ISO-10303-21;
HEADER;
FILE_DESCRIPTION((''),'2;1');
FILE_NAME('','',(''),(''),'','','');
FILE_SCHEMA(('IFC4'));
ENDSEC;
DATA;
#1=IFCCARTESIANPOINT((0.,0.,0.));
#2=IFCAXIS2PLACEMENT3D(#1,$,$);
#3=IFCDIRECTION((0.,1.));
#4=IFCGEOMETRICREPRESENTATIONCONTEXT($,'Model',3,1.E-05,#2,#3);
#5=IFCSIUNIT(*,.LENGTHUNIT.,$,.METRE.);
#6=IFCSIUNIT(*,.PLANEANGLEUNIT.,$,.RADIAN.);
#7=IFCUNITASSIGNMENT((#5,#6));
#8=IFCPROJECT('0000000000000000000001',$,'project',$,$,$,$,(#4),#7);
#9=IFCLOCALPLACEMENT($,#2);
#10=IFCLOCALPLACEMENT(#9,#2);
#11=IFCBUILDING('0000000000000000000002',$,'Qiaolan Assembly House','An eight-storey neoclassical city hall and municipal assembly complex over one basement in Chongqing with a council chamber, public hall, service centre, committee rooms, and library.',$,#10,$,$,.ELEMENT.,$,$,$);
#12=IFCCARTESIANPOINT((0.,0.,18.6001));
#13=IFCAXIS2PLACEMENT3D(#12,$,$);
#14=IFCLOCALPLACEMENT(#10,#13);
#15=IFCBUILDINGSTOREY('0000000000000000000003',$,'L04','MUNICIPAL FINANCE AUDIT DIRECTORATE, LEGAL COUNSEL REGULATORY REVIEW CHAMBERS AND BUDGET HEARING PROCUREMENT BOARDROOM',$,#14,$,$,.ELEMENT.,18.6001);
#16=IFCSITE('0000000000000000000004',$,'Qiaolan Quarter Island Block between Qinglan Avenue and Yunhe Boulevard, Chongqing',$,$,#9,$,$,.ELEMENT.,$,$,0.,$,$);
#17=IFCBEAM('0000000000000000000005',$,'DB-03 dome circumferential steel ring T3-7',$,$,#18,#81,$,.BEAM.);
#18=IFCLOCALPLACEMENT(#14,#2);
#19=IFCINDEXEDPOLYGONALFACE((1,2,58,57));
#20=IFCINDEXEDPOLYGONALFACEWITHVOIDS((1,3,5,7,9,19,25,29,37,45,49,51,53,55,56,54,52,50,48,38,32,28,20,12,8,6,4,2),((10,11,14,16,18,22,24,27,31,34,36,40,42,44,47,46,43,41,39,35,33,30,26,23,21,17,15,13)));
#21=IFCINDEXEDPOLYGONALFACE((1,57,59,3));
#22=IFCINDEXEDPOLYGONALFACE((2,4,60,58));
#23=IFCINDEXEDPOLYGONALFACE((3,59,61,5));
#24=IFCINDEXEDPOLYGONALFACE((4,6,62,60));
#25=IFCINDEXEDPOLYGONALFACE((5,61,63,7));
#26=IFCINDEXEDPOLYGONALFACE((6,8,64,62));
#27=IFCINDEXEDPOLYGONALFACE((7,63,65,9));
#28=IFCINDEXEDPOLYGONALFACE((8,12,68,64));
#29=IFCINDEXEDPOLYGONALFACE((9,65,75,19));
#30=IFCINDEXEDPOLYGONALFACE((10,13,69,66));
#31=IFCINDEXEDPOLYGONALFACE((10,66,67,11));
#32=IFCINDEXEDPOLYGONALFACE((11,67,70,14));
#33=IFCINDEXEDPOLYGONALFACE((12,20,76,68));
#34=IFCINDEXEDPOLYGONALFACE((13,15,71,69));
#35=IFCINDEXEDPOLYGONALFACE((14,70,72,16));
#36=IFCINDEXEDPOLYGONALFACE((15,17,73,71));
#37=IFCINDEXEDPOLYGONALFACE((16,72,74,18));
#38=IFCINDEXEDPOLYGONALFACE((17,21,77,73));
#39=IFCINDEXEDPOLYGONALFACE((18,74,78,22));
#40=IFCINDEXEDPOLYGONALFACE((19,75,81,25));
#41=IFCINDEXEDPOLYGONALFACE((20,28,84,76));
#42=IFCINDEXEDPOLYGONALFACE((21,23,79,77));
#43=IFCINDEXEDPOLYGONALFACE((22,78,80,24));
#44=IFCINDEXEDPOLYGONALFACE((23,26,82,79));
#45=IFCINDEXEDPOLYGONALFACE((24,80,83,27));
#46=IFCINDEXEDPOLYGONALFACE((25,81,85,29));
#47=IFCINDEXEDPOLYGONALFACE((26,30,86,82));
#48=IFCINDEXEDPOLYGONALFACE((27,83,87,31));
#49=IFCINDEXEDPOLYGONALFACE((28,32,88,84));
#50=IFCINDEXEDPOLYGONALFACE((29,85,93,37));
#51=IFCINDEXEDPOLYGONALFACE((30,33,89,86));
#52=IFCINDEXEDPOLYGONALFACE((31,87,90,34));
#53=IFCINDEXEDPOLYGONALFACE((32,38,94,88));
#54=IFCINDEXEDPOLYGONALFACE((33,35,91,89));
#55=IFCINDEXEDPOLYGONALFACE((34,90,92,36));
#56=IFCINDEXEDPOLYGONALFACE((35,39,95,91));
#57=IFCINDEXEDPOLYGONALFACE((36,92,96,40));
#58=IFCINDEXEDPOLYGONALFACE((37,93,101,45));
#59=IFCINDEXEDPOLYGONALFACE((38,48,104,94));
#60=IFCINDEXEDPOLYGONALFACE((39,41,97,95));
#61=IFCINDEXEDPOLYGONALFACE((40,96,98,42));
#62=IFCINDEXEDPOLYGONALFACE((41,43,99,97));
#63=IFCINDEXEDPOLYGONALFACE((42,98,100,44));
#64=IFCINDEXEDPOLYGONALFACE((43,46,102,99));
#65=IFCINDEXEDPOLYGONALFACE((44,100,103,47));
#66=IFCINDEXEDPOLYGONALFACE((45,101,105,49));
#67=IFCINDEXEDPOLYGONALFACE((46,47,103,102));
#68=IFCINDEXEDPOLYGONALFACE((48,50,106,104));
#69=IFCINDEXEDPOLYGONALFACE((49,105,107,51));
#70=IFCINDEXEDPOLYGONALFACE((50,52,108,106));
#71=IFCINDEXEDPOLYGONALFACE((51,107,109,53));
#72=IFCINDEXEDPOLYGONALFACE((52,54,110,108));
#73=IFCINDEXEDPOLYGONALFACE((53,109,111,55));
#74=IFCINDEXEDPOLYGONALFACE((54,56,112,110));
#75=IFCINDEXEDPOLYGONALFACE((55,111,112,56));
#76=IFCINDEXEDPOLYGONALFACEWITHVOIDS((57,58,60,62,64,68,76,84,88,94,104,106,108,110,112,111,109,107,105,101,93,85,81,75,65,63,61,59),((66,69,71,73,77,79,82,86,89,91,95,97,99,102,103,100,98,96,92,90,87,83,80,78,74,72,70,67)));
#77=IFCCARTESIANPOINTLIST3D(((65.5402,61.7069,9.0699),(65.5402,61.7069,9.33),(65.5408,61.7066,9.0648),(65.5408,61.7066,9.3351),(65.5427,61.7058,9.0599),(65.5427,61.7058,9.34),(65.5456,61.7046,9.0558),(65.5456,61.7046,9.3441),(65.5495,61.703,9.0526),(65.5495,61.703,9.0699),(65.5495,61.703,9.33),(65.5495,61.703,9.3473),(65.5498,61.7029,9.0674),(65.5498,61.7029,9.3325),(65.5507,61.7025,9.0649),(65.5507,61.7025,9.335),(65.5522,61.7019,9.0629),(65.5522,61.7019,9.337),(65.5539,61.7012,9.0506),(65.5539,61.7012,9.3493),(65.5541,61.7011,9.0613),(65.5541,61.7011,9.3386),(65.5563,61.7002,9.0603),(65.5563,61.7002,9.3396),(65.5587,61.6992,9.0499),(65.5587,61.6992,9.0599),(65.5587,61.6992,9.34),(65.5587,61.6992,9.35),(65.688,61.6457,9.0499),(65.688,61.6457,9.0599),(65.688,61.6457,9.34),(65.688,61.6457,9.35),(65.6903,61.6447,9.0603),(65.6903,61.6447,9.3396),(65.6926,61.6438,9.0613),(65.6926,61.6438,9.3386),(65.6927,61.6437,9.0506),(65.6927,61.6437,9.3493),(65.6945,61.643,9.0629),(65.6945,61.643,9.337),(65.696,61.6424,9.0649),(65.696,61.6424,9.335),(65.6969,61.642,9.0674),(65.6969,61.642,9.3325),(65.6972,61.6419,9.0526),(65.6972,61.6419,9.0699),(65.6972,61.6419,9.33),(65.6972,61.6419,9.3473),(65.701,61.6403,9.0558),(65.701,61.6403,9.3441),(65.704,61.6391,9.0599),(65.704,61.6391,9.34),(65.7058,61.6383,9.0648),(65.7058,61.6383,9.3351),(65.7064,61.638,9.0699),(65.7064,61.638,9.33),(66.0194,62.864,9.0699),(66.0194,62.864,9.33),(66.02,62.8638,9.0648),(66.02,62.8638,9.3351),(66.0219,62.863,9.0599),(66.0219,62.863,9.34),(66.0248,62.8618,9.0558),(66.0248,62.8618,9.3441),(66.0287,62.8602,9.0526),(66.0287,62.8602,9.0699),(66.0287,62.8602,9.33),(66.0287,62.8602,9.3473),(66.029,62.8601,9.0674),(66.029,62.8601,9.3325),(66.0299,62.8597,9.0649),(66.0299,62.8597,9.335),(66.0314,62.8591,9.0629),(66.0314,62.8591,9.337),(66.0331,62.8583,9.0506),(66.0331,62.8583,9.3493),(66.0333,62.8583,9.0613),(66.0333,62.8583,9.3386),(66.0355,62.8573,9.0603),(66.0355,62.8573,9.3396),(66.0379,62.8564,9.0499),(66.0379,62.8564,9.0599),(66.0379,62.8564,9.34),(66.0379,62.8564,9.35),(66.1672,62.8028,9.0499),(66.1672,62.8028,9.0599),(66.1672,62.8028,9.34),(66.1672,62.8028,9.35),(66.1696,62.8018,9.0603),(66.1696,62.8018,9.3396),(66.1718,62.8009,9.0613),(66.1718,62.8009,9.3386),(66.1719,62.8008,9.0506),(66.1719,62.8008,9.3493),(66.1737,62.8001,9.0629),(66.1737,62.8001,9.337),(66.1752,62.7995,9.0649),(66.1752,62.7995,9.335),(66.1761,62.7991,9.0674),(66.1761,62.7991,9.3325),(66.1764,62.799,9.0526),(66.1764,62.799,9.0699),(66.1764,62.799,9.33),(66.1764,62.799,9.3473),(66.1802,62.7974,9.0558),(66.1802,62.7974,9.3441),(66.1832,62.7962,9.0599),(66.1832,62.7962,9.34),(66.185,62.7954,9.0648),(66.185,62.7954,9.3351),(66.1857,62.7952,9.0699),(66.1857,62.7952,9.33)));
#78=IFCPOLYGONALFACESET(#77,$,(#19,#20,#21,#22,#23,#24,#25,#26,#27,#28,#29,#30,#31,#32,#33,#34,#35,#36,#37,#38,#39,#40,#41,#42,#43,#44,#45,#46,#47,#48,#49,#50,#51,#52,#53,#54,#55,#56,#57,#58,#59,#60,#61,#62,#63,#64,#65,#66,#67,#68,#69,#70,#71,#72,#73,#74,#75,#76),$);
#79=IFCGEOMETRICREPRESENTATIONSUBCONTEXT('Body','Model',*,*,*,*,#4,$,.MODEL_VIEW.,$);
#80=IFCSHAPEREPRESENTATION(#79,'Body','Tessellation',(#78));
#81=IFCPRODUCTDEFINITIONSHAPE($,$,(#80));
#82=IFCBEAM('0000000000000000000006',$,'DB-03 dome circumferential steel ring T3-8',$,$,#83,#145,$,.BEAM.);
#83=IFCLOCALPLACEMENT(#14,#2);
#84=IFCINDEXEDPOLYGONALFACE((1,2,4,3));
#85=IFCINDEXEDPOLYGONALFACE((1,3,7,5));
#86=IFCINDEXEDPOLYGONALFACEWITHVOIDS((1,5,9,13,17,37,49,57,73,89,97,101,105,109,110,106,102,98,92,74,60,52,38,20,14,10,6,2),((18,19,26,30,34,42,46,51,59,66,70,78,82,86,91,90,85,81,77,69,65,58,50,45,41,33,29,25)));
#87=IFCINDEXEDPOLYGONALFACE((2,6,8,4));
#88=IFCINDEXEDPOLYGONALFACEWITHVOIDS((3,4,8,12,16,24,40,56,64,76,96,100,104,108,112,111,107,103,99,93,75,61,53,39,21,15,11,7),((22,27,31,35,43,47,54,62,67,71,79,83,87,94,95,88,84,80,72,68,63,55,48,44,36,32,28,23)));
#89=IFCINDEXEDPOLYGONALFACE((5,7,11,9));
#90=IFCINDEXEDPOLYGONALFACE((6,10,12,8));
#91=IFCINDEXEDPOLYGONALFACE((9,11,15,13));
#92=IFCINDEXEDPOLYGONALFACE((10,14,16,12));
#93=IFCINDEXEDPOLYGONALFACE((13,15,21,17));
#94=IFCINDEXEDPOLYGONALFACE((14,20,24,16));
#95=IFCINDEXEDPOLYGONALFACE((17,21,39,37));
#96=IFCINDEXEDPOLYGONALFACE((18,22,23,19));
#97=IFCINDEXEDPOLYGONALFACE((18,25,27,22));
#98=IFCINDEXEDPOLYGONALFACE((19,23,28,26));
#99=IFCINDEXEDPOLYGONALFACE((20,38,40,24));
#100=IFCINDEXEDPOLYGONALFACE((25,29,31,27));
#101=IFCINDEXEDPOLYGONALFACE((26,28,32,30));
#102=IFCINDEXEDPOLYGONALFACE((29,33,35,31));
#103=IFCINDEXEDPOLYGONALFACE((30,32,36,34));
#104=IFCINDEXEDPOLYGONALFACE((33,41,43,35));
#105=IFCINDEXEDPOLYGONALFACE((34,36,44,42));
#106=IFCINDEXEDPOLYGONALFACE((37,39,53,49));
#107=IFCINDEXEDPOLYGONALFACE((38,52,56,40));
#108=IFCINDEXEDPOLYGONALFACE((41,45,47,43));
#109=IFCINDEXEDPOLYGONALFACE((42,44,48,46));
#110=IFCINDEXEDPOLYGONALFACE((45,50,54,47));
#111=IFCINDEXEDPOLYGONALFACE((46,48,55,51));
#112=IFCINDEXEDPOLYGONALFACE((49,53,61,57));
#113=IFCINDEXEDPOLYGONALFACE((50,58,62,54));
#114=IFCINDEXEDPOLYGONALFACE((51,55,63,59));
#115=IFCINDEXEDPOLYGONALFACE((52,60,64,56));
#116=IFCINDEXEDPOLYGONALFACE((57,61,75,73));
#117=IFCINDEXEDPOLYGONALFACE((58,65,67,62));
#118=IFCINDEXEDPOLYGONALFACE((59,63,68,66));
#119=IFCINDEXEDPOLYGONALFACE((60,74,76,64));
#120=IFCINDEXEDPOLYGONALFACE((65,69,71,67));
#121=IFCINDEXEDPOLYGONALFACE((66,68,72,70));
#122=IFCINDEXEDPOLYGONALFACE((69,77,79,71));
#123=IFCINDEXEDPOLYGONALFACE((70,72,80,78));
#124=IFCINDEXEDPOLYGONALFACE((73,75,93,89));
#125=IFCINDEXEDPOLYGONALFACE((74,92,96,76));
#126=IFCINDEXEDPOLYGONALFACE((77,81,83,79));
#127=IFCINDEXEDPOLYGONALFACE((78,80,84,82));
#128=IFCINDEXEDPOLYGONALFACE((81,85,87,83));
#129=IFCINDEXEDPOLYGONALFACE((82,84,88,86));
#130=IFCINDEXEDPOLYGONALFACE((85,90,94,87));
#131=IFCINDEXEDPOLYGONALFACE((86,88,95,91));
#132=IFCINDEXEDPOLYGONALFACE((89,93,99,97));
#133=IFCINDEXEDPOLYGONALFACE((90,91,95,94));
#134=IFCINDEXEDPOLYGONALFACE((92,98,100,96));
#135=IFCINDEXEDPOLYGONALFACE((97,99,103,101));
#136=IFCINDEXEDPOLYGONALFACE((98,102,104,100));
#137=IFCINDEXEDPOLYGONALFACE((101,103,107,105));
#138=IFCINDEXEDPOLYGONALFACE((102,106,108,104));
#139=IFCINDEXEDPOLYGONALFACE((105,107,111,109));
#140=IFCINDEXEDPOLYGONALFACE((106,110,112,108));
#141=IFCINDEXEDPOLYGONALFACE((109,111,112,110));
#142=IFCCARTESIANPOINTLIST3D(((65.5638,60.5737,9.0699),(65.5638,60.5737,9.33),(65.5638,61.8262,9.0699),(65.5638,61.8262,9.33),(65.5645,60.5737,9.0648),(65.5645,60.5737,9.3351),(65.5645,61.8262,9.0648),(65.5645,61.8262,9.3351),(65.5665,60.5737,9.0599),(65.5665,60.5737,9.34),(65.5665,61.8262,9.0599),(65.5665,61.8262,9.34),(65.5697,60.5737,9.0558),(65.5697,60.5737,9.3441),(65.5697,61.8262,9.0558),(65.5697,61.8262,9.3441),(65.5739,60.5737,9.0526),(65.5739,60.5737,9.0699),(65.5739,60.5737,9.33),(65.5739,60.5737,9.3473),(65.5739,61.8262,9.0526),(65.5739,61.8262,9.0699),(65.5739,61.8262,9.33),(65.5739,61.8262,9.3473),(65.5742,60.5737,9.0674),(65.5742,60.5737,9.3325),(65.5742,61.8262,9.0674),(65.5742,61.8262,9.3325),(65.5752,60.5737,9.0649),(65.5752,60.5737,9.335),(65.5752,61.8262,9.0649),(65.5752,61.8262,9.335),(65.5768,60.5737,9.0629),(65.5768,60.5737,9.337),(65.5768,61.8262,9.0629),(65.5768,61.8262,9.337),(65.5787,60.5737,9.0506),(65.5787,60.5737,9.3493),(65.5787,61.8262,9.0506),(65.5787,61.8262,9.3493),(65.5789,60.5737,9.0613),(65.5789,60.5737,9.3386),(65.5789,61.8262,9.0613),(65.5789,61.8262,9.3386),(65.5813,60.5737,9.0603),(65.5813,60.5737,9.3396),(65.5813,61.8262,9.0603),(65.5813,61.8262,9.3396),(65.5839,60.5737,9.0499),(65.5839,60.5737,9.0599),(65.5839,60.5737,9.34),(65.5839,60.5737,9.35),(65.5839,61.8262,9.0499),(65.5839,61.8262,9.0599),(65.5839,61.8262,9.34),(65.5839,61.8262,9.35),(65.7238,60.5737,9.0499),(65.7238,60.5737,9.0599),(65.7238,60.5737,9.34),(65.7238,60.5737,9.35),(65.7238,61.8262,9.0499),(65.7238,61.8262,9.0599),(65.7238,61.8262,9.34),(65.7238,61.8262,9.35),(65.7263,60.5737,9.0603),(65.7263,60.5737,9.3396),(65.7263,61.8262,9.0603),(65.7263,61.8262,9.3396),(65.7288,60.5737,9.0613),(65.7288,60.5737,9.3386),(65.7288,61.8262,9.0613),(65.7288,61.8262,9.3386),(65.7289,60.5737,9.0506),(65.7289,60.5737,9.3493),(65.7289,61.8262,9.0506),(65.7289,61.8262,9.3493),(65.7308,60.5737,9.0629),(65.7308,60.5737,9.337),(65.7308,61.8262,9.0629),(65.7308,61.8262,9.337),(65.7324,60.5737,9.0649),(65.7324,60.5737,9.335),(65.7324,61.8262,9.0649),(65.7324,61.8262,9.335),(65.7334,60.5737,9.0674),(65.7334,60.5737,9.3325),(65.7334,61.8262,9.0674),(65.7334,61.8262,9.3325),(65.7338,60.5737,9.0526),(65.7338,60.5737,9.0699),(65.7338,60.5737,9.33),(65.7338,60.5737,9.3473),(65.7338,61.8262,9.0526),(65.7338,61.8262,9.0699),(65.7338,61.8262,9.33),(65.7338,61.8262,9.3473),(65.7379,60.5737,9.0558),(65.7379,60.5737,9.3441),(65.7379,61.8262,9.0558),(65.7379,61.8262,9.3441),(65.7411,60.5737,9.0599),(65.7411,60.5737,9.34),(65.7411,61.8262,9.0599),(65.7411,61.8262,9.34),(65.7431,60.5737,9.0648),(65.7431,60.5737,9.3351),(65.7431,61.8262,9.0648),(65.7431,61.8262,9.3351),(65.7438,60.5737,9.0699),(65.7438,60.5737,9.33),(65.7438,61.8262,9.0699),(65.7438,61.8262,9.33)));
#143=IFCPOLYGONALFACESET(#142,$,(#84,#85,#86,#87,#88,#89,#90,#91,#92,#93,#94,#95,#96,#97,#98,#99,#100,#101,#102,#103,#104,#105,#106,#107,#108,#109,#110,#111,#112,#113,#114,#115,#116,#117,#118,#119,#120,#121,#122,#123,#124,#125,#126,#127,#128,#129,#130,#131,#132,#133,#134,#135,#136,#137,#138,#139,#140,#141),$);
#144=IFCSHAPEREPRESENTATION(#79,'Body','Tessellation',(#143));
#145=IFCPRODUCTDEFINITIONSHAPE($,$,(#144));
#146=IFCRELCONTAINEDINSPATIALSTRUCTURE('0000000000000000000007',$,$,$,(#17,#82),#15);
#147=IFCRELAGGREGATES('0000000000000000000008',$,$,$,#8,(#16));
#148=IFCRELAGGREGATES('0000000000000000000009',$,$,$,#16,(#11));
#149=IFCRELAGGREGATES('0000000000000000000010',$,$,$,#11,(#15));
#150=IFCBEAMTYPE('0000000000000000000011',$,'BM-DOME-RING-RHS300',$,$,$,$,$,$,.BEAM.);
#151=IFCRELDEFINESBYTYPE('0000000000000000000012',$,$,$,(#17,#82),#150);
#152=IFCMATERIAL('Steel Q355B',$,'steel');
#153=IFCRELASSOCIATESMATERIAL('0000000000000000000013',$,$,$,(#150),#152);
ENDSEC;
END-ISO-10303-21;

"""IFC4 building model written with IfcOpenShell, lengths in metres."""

from ifc_helpers import new_model, si_unit, direction, frame, origin, origin_2d, place, context, subcontext, project, spatial, hollow_rectangle, extrude, material, material_profile, profile_set, type_object, element, save


model = new_model("IFC4")

# Units and contexts
model_context = context("Model", 3, precision=1e-05, world=origin(), true_north=direction((0.0, 1.0)))
body_context = subcontext(model_context, "Body", "Model", "MODEL_VIEW")
ifc_project = project(units=[si_unit("LENGTHUNIT", "METRE"), si_unit("PLANEANGLEUNIT", "RADIAN")], contexts=[model_context])

# Site, building, storey
site_placement = place(None, origin())
site = spatial("IfcSite", under=ifc_project, at=site_placement, Name="Qiaolan Quarter Island Block between Qinglan Avenue and Yunhe Boulevard, Chongqing", CompositionType="ELEMENT", RefElevation=0.0)
building_placement = place(site_placement, origin())
building = spatial("IfcBuilding", under=site, at=building_placement, Name="Qiaolan Assembly House", Description="An eight-storey neoclassical city hall and municipal assembly complex over one basement in Chongqing with a council chamber, public hall, service centre, committee rooms, and library.", CompositionType="ELEMENT")
storey_placement = place(building_placement, frame((0.0, 0.0, 18.6001)))
storey = spatial("IfcBuildingStorey", under=building, at=storey_placement, Name="L04", Description="MUNICIPAL FINANCE AUDIT DIRECTORATE, LEGAL COUNSEL REGULATORY REVIEW CHAMBERS AND BUDGET HEARING PROCUREMENT BOARDROOM", CompositionType="ELEMENT", Elevation=18.6001)

# Beams
ifc_material_1 = material(Name="Steel Q355B", Category="steel")
ifc_material_profile_1 = material_profile(ifc_material_1, hollow_rectangle(XDim=0.1799, YDim=0.3, WallThickness=0.01, InnerFilletRadius=0.01, OuterFilletRadius=0.02, at=origin_2d()), Name="RHS 300x180x10")
ifc_profile_set_1 = profile_set([ifc_material_profile_1], Name="Steel Q355B")
beam_type_1 = type_object("IfcBeamType", Name="BM-DOME-RING-RHS300", PredefinedType="BEAM", material=ifc_profile_set_1)
for number, where, z_axis, x_axis, name in (
    (1, (66.1025, 62.8296, 9.2), (-0.382621, -0.923905, 0.0), (0.923905, -0.382621, 0.0), "DB-03 dome circumferential steel ring T3-7"),
    (2, (65.6538, 61.8262, 9.2), (0.0, -1.0, 0.0), (1.0, 0.0, 0.0), "DB-03 dome circumferential steel ring T3-8"),
):
    element("IfcBeam", number, at=place(storey_placement, frame(where, z_axis=z_axis, x_axis=x_axis)), inside=storey, type_object=beam_type_1, Name=name, PredefinedType="BEAM", context=body_context, shape_type="SweptSolid", body=[
        extrude(hollow_rectangle(XDim=0.1799, YDim=0.3, WallThickness=0.01, InnerFilletRadius=0.01, OuterFilletRadius=0.02, at=origin_2d()), origin(), (0.0, 0.0, 1.0), 1.2524),
    ])

save(model, "model.ifc")
